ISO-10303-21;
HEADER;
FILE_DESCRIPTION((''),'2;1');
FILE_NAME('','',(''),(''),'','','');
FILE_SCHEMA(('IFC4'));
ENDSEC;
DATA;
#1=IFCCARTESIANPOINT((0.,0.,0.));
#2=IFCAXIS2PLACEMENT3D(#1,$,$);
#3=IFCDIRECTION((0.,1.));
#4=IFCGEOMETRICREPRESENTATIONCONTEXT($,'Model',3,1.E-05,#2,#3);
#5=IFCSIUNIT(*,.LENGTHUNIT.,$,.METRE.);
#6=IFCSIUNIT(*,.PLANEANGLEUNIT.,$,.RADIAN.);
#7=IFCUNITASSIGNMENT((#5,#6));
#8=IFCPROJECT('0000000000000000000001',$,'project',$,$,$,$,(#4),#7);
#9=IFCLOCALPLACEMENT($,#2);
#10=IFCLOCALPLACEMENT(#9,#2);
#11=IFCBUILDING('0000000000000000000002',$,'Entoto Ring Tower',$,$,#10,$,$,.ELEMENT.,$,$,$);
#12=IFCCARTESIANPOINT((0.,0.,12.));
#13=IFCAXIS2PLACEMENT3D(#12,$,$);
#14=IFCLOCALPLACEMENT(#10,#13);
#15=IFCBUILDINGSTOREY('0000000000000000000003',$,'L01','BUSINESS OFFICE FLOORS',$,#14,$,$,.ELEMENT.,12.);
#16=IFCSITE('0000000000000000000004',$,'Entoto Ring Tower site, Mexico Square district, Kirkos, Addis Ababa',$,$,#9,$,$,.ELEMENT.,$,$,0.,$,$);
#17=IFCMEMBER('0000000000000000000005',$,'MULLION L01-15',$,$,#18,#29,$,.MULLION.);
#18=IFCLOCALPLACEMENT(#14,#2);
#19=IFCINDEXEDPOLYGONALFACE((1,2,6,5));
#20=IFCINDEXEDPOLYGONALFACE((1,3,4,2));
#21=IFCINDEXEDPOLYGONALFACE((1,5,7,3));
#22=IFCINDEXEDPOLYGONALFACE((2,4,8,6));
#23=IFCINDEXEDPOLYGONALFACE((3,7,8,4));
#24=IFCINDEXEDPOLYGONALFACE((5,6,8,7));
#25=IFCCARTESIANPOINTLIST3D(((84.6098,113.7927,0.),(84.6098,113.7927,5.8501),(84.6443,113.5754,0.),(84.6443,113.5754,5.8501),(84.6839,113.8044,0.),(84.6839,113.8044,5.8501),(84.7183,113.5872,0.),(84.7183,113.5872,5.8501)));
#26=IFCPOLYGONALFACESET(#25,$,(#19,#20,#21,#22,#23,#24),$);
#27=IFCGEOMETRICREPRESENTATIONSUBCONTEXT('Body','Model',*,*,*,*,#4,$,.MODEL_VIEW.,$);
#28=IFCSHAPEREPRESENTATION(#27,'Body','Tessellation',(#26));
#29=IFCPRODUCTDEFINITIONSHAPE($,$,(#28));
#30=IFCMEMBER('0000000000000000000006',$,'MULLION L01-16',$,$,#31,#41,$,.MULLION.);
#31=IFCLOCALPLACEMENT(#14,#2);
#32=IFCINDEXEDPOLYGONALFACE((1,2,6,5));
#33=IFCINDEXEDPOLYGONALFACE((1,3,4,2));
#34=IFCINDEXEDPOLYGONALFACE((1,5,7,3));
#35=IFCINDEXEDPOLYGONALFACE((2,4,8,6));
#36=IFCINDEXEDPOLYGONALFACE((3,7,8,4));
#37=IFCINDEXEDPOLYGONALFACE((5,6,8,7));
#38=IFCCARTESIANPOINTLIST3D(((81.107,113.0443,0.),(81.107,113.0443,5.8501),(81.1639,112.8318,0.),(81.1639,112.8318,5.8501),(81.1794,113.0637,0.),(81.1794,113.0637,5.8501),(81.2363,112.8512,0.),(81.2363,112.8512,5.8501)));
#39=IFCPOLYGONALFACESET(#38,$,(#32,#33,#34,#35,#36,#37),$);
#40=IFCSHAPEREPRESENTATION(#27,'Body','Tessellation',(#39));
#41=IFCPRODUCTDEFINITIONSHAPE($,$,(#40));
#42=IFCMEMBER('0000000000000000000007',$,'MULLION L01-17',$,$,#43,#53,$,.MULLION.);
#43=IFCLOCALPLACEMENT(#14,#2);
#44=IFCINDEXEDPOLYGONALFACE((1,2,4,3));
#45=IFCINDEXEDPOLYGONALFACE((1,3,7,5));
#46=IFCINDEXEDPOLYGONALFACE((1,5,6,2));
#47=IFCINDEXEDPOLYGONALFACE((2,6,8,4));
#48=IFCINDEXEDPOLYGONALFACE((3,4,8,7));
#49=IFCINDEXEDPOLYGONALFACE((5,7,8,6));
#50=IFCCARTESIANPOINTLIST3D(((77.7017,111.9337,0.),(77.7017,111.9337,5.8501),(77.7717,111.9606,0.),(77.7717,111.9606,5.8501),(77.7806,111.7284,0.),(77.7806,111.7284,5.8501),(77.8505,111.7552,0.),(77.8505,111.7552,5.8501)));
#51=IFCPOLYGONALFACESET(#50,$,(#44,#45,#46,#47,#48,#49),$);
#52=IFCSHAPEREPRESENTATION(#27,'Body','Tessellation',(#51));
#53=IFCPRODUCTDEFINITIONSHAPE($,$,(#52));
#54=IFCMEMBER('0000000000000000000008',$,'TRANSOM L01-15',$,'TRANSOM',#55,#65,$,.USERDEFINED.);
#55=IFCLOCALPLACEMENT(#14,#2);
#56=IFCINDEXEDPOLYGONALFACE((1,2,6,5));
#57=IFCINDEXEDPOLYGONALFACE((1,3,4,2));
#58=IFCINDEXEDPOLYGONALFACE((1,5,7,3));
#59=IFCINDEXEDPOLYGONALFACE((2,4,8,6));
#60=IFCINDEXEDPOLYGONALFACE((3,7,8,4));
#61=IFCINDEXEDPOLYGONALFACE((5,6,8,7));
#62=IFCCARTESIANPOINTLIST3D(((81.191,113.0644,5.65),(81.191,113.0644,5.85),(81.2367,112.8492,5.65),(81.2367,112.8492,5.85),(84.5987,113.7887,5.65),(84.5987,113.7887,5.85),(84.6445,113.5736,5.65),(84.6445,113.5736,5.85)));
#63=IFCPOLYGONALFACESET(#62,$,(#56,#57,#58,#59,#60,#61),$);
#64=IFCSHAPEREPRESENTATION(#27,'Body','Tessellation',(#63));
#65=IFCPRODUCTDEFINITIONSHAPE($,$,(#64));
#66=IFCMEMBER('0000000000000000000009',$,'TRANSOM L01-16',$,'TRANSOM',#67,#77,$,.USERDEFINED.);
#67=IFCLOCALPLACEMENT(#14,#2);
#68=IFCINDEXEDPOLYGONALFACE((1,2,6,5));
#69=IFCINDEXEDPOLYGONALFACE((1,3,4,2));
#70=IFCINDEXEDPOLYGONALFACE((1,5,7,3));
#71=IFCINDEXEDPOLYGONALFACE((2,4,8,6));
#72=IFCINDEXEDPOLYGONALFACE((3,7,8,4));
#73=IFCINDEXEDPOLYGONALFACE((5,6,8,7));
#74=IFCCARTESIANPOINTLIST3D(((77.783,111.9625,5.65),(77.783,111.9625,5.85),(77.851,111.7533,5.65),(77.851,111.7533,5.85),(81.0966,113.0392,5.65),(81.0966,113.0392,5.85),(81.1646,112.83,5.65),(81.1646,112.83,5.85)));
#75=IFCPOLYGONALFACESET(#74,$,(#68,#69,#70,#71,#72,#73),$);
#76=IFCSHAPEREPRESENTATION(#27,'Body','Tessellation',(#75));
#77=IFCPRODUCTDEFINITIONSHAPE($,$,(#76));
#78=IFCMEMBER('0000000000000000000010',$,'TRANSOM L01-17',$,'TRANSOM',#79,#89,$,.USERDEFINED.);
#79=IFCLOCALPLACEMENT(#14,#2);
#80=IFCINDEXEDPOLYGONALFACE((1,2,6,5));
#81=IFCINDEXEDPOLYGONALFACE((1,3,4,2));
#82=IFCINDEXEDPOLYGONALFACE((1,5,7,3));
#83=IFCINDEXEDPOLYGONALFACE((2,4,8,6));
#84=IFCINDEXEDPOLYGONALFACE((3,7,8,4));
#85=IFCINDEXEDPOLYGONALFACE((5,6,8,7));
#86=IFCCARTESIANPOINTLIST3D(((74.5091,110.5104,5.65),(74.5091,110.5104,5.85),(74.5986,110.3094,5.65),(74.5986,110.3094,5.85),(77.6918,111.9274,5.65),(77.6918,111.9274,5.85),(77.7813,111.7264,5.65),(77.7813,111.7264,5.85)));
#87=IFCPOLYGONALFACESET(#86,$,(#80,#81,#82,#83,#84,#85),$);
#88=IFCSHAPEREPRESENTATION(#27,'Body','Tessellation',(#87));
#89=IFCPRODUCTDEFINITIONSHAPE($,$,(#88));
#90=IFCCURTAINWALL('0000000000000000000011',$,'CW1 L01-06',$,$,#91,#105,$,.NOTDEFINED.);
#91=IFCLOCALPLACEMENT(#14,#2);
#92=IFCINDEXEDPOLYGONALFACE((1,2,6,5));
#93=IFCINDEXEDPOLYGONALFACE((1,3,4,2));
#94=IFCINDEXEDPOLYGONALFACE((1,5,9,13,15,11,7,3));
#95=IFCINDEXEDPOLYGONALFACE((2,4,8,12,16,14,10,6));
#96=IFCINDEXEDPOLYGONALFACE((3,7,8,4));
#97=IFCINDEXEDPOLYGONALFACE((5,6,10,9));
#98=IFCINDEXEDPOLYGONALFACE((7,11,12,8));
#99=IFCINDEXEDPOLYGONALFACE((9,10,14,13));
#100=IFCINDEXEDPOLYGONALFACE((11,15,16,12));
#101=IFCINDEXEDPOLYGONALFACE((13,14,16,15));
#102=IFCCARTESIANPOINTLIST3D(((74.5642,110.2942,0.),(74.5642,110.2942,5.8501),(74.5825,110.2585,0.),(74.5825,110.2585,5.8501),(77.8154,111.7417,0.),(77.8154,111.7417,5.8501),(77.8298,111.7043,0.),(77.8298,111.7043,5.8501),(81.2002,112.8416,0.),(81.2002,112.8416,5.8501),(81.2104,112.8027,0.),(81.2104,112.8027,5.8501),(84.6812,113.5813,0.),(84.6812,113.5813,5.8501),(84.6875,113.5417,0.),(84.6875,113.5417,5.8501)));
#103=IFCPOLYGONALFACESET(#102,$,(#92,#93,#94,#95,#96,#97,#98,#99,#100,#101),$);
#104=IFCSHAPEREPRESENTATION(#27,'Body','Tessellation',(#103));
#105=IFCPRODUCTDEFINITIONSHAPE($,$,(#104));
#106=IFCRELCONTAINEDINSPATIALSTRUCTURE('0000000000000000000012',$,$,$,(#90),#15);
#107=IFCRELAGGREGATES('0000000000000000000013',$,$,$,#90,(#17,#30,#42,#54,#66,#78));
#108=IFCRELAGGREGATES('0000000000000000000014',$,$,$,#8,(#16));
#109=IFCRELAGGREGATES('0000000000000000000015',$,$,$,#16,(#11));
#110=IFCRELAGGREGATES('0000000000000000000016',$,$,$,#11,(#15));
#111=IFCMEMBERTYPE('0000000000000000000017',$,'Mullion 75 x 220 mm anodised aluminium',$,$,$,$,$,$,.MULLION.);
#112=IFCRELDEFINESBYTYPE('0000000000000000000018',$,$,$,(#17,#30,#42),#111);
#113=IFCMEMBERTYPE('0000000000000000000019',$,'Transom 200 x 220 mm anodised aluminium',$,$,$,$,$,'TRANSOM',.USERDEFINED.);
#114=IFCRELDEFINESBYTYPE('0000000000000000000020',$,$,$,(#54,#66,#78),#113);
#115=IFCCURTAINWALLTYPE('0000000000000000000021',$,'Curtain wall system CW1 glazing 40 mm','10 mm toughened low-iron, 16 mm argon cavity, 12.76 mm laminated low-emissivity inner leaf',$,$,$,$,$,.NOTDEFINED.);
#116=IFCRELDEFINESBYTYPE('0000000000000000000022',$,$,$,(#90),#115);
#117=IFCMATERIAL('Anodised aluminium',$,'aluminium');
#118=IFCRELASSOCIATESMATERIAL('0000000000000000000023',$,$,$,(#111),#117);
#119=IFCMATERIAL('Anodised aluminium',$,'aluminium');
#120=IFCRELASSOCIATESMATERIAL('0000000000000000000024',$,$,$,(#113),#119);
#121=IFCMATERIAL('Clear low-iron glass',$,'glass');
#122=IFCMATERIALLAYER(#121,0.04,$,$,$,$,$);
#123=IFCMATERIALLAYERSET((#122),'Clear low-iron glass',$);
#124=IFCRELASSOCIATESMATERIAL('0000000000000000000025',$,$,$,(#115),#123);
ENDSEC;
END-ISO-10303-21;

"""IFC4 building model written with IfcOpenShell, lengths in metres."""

from ifc_helpers import new_model, si_unit, direction, frame, origin, origin_2d, place, context, subcontext, project, spatial, polyline, rectangle, outline, extrude, material, layer, layer_set, material_profile, profile_set, type_object, element, aggregate, save


model = new_model("IFC4")

# Units and contexts
model_context = context("Model", 3, precision=1e-05, world=origin(), true_north=direction((0.0, 1.0)))
body_context = subcontext(model_context, "Body", "Model", "MODEL_VIEW")
ifc_project = project(units=[si_unit("LENGTHUNIT", "METRE"), si_unit("PLANEANGLEUNIT", "RADIAN")], contexts=[model_context])

# Members
ifc_material_1 = material(Name="Anodised aluminium", Category="aluminium")
ifc_material_profile_1 = material_profile(ifc_material_1, rectangle(XDim=0.075, YDim=0.22, at=origin_2d()), Name="Mullion 75 x 220 mm anodised aluminium")
ifc_profile_set_1 = profile_set([ifc_material_profile_1], Name="Anodised aluminium")
member_type_1 = type_object("IfcMemberType", Name="Mullion 75 x 220 mm anodised aluminium", PredefinedType="MULLION", material=ifc_profile_set_1)
site_placement = place(None, origin())
building_placement = place(site_placement, origin())
storey_placement = place(building_placement, frame((0.0, 0.0, 12.0)))
member_1_placement = place(storey_placement, frame((84.6641, 113.6899, 0.0), z_axis=(0.0, 0.0, 1.0), x_axis=(-0.987688, -0.156434, 0.0)))
member_1 = element("IfcMember", 1, at=member_1_placement, type_object=member_type_1, Name="MULLION L01-15", PredefinedType="MULLION", context=body_context, shape_type="SweptSolid", body=[
    extrude(rectangle(XDim=0.075, YDim=0.22, at=origin_2d()), origin(), (0.0, 0.0, 1.0), 5.8501),
])
member_2_placement = place(storey_placement, frame((81.1716, 112.9478, 0.0), z_axis=(0.0, 0.0, 1.0), x_axis=(-0.965926, -0.258819, 0.0)))
member_2 = element("IfcMember", 2, at=member_2_placement, type_object=member_type_1, Name="MULLION L01-16", PredefinedType="MULLION", context=body_context, shape_type="SweptSolid", body=[
    extrude(rectangle(XDim=0.075, YDim=0.22, at=origin_2d()), origin(), (0.0, 0.0, 1.0), 5.8501),
])
member_3_placement = place(storey_placement, frame((77.7761, 111.8445, 0.0), z_axis=(0.0, 0.0, 1.0), x_axis=(-0.93358, -0.358368, 0.0)))
member_3 = element("IfcMember", 3, at=member_3_placement, type_object=member_type_1, Name="MULLION L01-17", PredefinedType="MULLION", context=body_context, shape_type="SweptSolid", body=[
    extrude(rectangle(XDim=0.075, YDim=0.22, at=origin_2d()), origin(), (0.0, 0.0, 1.0), 5.8501),
])
ifc_material_2 = material(Name="Anodised aluminium", Category="aluminium")
ifc_material_profile_2 = material_profile(ifc_material_2, rectangle(XDim=0.22, YDim=0.2, at=origin_2d()), Name="Transom 200 x 220 mm anodised aluminium")
ifc_profile_set_2 = profile_set([ifc_material_profile_2], Name="Anodised aluminium")
member_type_2 = type_object("IfcMemberType", Name="Transom 200 x 220 mm anodised aluminium", ElementType="TRANSOM", PredefinedType="USERDEFINED", material=ifc_profile_set_2)
member_4_placement = place(storey_placement, frame((84.6216, 113.6812, 5.75), z_axis=(-0.978146, -0.207921, 0.0), x_axis=(0.207921, -0.978146, 0.0)))
member_4 = element("IfcMember", 4, at=member_4_placement, type_object=member_type_2, Name="TRANSOM L01-15", ObjectType="TRANSOM", PredefinedType="USERDEFINED", context=body_context, shape_type="SweptSolid", body=[
    extrude(rectangle(XDim=0.22, YDim=0.2, at=origin_2d()), origin(), (0.0, 0.0, 1.0), 3.4839),
])
member_5_placement = place(storey_placement, frame((81.1306, 112.9346, 5.75), z_axis=(-0.951053, -0.309029, 0.0), x_axis=(0.309029, -0.951053, 0.0)))
member_5 = element("IfcMember", 5, at=member_5_placement, type_object=member_type_2, Name="TRANSOM L01-16", ObjectType="TRANSOM", PredefinedType="USERDEFINED", context=body_context, shape_type="SweptSolid", body=[
    extrude(rectangle(XDim=0.22, YDim=0.2, at=origin_2d()), origin(), (0.0, 0.0, 1.0), 3.4841),
])
member_6_placement = place(storey_placement, frame((77.7366, 111.8269, 5.75), z_axis=(-0.913545, -0.406737, 0.0), x_axis=(0.406737, -0.913545, 0.0)))
member_6 = element("IfcMember", 6, at=member_6_placement, type_object=member_type_2, Name="TRANSOM L01-17", ObjectType="TRANSOM", PredefinedType="USERDEFINED", context=body_context, shape_type="SweptSolid", body=[
    extrude(rectangle(XDim=0.22, YDim=0.2, at=origin_2d()), origin(), (0.0, 0.0, 1.0), 3.4839),
])

# Site, building, storey
site = spatial("IfcSite", under=ifc_project, at=site_placement, Name="Entoto Ring Tower site, Mexico Square district, Kirkos, Addis Ababa", CompositionType="ELEMENT", RefElevation=0.0)
building = spatial("IfcBuilding", under=site, at=building_placement, Name="Entoto Ring Tower", CompositionType="ELEMENT")
storey = spatial("IfcBuildingStorey", under=building, at=storey_placement, Name="L01", Description="BUSINESS OFFICE FLOORS", CompositionType="ELEMENT", Elevation=12.0)

# Curtain wall
ifc_material_3 = material(Name="Clear low-iron glass", Category="glass")
ifc_layer = layer(ifc_material_3, 0.04)
ifc_layer_set = layer_set([ifc_layer], Name="Clear low-iron glass")
curtain_wall_type = type_object("IfcCurtainWallType", Name="Curtain wall system CW1 glazing 40 mm", Description="10 mm toughened low-iron, 16 mm argon cavity, 12.76 mm laminated low-emissivity inner leaf", PredefinedType="NOTDEFINED", material=ifc_layer_set)
curtain_wall_1_placement = place(storey_placement, origin())
curtain_wall_1 = element("IfcCurtainWall", 7, at=curtain_wall_1_placement, inside=storey, type_object=curtain_wall_type, Name="CW1 L01-06", PredefinedType="NOTDEFINED", context=body_context, shape_type="SweptSolid", body=[
    extrude(outline(polyline([(84.6812, 113.5813), (81.2002, 112.8416), (77.8154, 111.7417), (74.5642, 110.2942), (74.5825, 110.2585), (77.8298, 111.7043), (81.2104, 112.8027), (84.6875, 113.5417), (84.6812, 113.5813)])), origin(), (0.0, 0.0, 1.0), 5.8501),
])
aggregate(curtain_wall_1, [member_1, member_2, member_3, member_4, member_5, member_6])

save(model, "model.ifc")
